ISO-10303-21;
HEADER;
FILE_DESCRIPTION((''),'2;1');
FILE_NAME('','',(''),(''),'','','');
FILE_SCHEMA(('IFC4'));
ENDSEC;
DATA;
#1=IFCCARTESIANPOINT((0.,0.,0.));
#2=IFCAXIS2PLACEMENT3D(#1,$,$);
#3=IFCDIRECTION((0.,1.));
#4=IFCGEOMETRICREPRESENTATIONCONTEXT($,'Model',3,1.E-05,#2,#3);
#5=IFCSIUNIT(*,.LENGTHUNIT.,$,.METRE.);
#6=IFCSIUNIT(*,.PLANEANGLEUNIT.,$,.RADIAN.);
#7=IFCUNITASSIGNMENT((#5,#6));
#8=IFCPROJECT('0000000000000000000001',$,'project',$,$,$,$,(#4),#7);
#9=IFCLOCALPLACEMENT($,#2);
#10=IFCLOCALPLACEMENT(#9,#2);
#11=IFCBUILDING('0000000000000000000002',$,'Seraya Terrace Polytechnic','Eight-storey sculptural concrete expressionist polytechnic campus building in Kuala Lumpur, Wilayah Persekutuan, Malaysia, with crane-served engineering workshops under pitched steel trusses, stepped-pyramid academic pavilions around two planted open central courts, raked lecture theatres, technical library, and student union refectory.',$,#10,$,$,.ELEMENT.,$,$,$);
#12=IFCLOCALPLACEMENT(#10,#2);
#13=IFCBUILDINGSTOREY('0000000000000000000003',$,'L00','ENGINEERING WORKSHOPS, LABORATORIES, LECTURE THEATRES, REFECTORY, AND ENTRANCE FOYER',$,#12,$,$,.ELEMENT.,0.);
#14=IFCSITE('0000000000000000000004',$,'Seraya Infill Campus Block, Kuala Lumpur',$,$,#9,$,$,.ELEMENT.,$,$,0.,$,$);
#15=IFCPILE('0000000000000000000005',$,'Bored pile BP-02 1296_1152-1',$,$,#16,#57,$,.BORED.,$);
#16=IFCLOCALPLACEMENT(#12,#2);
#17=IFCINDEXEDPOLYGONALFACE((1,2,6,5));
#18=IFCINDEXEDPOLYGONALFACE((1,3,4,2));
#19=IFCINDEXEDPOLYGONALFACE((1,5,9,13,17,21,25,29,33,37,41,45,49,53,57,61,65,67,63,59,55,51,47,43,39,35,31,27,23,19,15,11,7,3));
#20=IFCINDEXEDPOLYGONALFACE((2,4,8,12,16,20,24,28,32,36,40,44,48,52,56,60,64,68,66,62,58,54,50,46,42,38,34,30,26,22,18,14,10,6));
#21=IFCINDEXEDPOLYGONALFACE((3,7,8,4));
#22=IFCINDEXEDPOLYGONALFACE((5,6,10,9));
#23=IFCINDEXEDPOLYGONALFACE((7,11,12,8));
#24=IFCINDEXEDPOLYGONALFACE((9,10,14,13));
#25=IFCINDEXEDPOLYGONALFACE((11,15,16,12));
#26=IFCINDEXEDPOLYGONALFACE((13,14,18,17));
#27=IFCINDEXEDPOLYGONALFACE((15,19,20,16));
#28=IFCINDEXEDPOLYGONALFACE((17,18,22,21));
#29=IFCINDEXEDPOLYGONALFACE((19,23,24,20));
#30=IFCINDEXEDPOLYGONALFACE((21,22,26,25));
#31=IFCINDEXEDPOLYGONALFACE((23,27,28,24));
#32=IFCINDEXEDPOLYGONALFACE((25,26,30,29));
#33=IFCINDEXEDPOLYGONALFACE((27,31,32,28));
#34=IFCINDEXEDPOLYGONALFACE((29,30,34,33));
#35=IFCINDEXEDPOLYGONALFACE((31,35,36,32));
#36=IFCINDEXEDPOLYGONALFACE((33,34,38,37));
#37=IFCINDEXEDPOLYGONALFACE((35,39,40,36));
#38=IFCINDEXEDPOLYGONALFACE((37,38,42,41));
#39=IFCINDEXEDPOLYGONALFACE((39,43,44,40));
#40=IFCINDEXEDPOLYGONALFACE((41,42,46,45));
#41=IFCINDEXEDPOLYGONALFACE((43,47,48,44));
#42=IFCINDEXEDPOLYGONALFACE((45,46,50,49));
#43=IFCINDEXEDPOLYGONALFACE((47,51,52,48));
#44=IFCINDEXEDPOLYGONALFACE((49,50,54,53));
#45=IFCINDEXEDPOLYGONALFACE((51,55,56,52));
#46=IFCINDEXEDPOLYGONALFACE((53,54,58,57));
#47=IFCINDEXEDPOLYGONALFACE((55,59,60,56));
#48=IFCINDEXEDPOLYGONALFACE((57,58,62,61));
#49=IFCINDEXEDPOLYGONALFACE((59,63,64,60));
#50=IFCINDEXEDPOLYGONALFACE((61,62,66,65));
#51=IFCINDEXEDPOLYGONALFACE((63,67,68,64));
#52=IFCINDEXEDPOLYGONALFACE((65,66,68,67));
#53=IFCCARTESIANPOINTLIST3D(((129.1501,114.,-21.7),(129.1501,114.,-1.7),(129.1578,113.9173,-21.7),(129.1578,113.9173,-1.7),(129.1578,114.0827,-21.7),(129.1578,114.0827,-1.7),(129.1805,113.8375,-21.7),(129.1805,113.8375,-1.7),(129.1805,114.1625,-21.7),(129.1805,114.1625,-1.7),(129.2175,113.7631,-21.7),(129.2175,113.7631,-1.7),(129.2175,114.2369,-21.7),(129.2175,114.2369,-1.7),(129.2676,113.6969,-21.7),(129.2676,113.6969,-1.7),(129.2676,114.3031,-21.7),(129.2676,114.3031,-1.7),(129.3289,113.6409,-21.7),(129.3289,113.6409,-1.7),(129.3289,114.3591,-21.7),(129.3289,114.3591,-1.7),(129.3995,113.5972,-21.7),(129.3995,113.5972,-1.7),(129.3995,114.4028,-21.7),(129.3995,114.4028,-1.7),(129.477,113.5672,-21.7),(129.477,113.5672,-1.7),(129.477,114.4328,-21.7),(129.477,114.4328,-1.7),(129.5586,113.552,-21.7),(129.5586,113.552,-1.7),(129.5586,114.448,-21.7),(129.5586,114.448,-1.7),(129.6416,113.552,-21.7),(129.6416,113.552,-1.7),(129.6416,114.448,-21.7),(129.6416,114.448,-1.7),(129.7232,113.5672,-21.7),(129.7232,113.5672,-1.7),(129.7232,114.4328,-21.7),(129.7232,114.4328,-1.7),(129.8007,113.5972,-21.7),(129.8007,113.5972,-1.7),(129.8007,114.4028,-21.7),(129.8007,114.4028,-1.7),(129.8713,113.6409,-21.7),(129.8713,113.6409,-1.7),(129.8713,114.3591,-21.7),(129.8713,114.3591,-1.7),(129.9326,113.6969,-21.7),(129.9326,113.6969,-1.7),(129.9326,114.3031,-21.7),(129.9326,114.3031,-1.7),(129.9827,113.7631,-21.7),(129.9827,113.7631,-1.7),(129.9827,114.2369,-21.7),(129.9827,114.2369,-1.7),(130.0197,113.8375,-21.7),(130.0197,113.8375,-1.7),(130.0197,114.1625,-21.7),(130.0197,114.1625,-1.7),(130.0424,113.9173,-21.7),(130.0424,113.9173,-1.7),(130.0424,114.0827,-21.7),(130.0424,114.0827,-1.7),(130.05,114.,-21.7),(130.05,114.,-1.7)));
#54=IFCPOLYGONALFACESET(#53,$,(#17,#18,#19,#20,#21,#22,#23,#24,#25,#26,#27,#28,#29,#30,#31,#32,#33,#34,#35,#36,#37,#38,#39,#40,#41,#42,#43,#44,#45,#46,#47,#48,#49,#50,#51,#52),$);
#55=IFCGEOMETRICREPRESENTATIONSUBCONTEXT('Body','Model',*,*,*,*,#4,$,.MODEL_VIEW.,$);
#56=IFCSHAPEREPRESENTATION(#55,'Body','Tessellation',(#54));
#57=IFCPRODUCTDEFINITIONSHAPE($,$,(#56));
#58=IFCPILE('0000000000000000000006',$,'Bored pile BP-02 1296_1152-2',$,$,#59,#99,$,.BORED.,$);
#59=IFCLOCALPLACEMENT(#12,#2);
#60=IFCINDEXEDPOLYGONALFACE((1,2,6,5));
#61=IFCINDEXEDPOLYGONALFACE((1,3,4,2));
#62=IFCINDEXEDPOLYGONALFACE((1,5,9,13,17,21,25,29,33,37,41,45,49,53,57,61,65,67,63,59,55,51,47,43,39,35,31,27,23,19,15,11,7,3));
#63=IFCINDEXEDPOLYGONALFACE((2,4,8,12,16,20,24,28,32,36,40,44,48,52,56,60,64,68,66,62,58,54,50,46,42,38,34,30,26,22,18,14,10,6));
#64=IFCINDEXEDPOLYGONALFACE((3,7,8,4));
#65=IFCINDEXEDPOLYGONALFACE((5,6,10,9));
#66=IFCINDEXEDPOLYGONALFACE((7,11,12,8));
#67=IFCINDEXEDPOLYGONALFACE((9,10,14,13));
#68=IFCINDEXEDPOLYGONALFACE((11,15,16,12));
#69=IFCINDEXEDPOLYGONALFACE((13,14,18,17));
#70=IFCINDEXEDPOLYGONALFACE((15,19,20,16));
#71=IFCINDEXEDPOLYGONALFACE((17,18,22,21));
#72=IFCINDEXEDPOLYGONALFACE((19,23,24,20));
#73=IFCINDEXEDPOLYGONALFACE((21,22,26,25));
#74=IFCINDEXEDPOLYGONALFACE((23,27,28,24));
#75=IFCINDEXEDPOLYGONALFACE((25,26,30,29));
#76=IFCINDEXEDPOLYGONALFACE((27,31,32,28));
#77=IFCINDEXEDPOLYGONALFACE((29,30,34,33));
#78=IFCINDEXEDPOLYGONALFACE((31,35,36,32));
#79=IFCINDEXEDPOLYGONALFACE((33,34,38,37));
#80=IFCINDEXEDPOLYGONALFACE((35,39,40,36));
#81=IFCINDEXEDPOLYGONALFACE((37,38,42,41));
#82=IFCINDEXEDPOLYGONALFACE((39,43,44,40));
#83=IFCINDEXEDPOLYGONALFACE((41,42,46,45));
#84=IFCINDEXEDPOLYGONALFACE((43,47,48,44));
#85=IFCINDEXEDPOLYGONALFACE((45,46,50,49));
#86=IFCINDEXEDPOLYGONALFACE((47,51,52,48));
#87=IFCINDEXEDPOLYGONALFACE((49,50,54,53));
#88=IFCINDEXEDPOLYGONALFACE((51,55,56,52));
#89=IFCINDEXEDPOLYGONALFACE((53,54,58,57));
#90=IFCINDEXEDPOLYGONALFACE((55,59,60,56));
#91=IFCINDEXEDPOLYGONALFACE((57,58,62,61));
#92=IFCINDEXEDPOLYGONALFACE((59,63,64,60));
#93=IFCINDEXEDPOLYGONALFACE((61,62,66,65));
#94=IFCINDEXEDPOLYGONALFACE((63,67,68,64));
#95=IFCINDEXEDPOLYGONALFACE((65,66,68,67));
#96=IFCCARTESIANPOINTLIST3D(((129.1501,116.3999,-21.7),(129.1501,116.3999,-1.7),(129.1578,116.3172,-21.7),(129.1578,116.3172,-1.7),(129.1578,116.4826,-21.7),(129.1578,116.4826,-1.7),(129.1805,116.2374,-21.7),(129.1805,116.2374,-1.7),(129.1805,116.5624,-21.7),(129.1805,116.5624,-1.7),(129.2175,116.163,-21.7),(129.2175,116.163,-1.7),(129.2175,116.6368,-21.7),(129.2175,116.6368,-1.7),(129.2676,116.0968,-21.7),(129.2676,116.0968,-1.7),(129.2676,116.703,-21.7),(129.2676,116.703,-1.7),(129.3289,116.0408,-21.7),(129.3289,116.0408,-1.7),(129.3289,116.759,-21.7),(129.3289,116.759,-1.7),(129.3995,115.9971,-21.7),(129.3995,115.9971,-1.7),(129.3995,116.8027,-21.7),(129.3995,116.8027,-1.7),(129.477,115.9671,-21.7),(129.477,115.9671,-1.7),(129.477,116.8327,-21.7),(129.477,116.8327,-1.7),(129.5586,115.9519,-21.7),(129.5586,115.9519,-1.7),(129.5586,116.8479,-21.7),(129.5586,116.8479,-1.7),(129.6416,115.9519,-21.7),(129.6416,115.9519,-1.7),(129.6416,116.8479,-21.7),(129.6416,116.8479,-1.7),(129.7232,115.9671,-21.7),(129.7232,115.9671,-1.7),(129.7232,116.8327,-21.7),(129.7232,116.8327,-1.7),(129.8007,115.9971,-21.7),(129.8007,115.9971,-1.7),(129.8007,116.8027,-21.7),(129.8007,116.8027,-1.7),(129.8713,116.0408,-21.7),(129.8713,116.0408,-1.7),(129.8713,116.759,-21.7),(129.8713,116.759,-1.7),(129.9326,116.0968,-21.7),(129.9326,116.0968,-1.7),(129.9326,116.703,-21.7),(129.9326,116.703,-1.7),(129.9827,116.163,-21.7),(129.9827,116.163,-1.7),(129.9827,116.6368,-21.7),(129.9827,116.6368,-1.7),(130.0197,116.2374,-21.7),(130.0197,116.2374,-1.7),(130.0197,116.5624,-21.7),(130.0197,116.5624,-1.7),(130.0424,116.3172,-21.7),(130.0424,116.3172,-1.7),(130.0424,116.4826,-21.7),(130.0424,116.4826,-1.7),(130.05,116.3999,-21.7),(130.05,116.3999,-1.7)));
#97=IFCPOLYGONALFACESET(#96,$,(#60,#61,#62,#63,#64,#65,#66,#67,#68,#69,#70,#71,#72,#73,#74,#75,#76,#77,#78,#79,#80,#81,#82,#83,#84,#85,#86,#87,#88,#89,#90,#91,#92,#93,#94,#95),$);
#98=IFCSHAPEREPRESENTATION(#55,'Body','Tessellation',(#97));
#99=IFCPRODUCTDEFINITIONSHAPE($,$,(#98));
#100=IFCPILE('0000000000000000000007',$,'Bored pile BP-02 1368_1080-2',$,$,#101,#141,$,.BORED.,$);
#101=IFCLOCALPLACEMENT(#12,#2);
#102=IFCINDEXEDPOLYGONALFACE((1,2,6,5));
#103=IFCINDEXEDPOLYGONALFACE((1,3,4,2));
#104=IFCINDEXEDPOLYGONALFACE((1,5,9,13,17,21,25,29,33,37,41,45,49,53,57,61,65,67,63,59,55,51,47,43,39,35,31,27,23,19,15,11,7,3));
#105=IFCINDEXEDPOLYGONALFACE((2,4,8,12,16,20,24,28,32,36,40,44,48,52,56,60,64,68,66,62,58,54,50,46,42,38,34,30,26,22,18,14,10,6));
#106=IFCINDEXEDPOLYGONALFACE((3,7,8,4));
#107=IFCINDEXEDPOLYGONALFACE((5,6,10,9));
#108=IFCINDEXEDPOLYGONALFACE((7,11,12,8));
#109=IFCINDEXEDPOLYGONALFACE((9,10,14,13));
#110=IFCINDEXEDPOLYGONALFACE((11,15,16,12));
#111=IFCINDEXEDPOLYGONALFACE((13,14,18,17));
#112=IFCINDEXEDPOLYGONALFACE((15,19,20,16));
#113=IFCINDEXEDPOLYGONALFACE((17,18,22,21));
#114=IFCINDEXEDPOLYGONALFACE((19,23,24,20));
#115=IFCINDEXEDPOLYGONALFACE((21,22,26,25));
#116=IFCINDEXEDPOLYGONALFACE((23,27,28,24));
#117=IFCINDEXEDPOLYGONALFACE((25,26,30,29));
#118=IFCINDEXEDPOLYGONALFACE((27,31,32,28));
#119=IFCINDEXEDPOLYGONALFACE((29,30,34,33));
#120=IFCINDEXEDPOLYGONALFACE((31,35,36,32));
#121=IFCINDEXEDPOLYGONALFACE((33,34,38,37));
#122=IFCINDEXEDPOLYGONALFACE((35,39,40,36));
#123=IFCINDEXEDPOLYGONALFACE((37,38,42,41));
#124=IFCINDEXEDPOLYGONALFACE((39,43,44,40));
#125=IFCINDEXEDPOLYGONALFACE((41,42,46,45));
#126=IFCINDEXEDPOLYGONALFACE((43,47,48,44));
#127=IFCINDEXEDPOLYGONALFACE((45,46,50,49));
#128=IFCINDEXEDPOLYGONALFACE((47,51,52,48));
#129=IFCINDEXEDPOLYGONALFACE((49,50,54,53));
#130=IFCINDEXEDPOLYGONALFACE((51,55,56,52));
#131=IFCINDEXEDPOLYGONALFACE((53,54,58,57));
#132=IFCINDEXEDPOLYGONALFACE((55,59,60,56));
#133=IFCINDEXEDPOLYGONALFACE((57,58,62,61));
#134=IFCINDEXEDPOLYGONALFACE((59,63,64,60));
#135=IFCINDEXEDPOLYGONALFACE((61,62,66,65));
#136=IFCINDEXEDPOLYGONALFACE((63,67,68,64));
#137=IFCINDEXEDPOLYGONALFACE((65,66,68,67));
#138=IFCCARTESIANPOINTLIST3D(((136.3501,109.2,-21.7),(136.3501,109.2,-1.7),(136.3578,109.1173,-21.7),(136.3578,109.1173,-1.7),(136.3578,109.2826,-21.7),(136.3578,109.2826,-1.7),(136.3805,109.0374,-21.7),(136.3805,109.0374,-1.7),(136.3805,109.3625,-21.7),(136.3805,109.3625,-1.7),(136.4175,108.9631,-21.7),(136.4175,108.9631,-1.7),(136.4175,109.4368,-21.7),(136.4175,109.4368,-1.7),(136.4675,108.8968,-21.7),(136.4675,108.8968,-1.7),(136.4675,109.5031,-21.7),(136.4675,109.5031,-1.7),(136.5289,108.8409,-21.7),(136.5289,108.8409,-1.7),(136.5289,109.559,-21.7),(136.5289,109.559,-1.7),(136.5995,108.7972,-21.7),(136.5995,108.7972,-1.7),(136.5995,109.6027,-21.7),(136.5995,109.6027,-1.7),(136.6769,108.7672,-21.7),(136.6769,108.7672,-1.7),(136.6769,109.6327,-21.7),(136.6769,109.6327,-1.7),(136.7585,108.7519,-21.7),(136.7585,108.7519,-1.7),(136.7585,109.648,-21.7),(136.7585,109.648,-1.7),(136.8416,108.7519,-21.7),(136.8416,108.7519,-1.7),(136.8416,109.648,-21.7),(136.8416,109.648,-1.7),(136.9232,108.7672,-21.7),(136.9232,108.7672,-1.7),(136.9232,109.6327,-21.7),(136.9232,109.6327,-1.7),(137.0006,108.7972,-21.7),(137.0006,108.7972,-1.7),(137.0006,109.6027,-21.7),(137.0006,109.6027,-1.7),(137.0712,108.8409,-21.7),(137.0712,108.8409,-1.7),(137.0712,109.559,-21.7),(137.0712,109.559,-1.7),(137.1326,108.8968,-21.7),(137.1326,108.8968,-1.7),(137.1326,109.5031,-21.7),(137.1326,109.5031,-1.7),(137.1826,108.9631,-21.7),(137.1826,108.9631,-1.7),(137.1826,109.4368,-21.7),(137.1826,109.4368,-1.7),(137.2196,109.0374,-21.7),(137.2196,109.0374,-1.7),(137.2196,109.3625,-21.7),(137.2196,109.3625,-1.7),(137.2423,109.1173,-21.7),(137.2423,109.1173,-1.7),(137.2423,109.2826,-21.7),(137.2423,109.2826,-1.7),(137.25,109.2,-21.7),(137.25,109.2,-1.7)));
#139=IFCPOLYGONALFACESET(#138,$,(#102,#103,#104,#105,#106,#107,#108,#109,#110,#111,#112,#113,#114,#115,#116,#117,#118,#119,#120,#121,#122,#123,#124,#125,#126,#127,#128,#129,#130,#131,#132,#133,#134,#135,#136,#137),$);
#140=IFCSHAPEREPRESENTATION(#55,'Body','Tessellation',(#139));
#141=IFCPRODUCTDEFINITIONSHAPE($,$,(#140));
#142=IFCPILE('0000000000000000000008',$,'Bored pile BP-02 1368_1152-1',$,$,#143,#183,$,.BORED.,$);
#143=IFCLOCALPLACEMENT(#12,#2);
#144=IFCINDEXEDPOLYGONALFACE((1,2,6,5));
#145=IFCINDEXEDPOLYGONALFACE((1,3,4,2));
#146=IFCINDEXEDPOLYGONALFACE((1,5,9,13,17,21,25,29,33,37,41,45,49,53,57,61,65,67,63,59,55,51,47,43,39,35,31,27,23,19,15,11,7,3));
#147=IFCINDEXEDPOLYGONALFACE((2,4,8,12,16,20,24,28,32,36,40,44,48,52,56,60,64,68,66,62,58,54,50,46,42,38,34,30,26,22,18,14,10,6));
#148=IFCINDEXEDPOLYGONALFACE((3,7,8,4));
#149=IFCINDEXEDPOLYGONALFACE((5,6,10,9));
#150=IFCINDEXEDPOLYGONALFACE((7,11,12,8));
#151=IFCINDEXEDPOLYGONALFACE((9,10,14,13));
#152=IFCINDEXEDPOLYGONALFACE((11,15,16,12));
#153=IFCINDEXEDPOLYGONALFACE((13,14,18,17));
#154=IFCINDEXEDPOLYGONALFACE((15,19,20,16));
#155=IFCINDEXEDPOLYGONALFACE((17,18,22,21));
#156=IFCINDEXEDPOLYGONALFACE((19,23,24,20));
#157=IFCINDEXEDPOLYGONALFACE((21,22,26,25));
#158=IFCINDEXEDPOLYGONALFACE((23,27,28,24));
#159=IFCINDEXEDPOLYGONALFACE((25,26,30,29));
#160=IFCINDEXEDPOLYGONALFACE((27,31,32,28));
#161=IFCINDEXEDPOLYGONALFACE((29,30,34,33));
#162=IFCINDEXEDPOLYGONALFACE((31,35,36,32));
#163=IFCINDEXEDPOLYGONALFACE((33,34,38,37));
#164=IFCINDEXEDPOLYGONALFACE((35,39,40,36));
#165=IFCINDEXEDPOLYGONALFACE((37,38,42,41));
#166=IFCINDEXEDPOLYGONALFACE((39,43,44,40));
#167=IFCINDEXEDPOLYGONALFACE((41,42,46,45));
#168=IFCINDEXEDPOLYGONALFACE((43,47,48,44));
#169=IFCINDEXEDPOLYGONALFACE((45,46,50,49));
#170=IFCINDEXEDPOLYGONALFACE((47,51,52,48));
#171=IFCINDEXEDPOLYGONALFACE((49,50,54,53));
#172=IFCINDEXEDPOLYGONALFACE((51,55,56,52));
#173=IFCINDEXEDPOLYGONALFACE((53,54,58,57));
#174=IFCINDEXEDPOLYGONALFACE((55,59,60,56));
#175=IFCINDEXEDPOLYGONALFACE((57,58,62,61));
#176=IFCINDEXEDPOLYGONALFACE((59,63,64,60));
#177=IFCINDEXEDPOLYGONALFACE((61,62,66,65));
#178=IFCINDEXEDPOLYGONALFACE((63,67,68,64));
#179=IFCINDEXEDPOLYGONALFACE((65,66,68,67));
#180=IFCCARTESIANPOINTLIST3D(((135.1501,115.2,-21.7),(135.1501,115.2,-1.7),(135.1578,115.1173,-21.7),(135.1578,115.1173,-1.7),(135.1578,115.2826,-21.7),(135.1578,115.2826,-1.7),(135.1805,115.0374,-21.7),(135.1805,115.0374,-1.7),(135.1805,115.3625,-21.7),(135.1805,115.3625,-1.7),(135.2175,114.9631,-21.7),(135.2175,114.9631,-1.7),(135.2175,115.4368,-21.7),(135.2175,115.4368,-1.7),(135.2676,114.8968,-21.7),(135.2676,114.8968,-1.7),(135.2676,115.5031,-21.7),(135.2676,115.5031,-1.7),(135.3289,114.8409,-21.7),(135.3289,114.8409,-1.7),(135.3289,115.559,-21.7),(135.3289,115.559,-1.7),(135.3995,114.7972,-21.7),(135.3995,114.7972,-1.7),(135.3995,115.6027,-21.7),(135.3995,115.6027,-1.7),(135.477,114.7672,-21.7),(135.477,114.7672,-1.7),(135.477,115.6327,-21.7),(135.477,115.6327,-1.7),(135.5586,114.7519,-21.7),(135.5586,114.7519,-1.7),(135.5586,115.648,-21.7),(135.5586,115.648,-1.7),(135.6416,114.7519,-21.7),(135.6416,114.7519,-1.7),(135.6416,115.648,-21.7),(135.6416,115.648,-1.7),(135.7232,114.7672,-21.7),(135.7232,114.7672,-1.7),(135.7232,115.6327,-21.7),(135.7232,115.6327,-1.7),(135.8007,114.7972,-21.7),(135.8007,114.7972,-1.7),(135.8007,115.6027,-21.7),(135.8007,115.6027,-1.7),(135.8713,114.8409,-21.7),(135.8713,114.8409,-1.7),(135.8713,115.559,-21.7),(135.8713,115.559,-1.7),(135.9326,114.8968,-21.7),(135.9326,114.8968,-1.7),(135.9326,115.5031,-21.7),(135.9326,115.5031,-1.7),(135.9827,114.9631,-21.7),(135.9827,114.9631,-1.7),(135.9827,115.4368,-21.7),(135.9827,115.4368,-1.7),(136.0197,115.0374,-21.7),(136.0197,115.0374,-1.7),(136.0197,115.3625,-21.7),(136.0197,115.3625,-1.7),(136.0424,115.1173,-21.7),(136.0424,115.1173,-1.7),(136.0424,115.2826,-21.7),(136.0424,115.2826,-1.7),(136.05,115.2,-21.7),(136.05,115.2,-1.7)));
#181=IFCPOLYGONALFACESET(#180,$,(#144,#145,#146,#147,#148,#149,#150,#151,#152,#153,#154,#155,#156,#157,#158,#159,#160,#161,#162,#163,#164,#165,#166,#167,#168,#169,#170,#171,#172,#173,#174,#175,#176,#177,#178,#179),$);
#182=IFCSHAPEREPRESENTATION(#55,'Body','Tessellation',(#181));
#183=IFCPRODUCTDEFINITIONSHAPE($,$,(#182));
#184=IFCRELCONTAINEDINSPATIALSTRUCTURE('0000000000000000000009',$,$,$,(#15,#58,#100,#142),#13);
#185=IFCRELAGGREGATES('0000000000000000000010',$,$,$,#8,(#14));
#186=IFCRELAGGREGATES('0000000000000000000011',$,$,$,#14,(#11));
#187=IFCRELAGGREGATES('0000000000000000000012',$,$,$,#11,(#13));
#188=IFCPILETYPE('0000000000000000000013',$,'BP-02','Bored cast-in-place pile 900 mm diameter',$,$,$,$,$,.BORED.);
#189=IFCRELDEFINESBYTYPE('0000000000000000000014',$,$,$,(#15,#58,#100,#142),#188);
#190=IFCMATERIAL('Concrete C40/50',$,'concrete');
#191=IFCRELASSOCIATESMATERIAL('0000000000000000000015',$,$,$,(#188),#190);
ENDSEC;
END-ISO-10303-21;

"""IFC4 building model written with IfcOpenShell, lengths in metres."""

from ifc_helpers import new_model, si_unit, direction, frame, origin, origin_2d, place, context, subcontext, project, spatial, circle, extrude, material, material_profile, profile_set, type_object, element, save


model = new_model("IFC4")

# Units and contexts
model_context = context("Model", 3, precision=1e-05, world=origin(), true_north=direction((0.0, 1.0)))
body_context = subcontext(model_context, "Body", "Model", "MODEL_VIEW")
ifc_project = project(units=[si_unit("LENGTHUNIT", "METRE"), si_unit("PLANEANGLEUNIT", "RADIAN")], contexts=[model_context])

# Site, building, storey
site_placement = place(None, origin())
site = spatial("IfcSite", under=ifc_project, at=site_placement, Name="Seraya Infill Campus Block, Kuala Lumpur", CompositionType="ELEMENT", RefElevation=0.0)
building_placement = place(site_placement, origin())
building = spatial("IfcBuilding", under=site, at=building_placement, Name="Seraya Terrace Polytechnic", Description="Eight-storey sculptural concrete expressionist polytechnic campus building in Kuala Lumpur, Wilayah Persekutuan, Malaysia, with crane-served engineering workshops under pitched steel trusses, stepped-pyramid academic pavilions around two planted open central courts, raked lecture theatres, technical library, and student union refectory.", CompositionType="ELEMENT")
storey_placement = place(building_placement, origin())
storey = spatial("IfcBuildingStorey", under=building, at=storey_placement, Name="L00", Description="ENGINEERING WORKSHOPS, LABORATORIES, LECTURE THEATRES, REFECTORY, AND ENTRANCE FOYER", CompositionType="ELEMENT", Elevation=0.0)

# Piles
ifc_material_1 = material(Name="Concrete C40/50", Category="concrete")
ifc_material_profile_1 = material_profile(ifc_material_1, circle(Radius=0.45, at=origin_2d()), Name="DIA 900")
ifc_profile_set_1 = profile_set([ifc_material_profile_1], Name="Concrete C40/50")
pile_type = type_object("IfcPileType", Name="BP-02", Description="Bored cast-in-place pile 900 mm diameter", PredefinedType="BORED", material=ifc_profile_set_1)
for number, where, z_axis, x_axis, name in (
    (1, (129.6001, 114.0, -1.7), (0.0, 0.0, -1.0), (1.0, 0.0, 0.0), "Bored pile BP-02 1296_1152-1"),
    (2, (129.6001, 116.3999, -1.7), (0.0, 0.0, -1.0), (1.0, 0.0, 0.0), "Bored pile BP-02 1296_1152-2"),
    (3, (136.8, 109.2, -1.7), (0.0, 0.0, -1.0), (1.0, 0.0, 0.0), "Bored pile BP-02 1368_1080-2"),
    (4, (135.6001, 115.2, -1.7), (0.0, 0.0, -1.0), (1.0, 0.0, 0.0), "Bored pile BP-02 1368_1152-1"),
):
    element("IfcPile", number, at=place(storey_placement, frame(where, z_axis=z_axis, x_axis=x_axis)), inside=storey, type_object=pile_type, Name=name, PredefinedType="BORED", context=body_context, shape_type="SweptSolid", body=[
        extrude(circle(Radius=0.45, at=origin_2d()), origin(), (0.0, 0.0, 1.0), 20.0),
    ])

save(model, "model.ifc")
